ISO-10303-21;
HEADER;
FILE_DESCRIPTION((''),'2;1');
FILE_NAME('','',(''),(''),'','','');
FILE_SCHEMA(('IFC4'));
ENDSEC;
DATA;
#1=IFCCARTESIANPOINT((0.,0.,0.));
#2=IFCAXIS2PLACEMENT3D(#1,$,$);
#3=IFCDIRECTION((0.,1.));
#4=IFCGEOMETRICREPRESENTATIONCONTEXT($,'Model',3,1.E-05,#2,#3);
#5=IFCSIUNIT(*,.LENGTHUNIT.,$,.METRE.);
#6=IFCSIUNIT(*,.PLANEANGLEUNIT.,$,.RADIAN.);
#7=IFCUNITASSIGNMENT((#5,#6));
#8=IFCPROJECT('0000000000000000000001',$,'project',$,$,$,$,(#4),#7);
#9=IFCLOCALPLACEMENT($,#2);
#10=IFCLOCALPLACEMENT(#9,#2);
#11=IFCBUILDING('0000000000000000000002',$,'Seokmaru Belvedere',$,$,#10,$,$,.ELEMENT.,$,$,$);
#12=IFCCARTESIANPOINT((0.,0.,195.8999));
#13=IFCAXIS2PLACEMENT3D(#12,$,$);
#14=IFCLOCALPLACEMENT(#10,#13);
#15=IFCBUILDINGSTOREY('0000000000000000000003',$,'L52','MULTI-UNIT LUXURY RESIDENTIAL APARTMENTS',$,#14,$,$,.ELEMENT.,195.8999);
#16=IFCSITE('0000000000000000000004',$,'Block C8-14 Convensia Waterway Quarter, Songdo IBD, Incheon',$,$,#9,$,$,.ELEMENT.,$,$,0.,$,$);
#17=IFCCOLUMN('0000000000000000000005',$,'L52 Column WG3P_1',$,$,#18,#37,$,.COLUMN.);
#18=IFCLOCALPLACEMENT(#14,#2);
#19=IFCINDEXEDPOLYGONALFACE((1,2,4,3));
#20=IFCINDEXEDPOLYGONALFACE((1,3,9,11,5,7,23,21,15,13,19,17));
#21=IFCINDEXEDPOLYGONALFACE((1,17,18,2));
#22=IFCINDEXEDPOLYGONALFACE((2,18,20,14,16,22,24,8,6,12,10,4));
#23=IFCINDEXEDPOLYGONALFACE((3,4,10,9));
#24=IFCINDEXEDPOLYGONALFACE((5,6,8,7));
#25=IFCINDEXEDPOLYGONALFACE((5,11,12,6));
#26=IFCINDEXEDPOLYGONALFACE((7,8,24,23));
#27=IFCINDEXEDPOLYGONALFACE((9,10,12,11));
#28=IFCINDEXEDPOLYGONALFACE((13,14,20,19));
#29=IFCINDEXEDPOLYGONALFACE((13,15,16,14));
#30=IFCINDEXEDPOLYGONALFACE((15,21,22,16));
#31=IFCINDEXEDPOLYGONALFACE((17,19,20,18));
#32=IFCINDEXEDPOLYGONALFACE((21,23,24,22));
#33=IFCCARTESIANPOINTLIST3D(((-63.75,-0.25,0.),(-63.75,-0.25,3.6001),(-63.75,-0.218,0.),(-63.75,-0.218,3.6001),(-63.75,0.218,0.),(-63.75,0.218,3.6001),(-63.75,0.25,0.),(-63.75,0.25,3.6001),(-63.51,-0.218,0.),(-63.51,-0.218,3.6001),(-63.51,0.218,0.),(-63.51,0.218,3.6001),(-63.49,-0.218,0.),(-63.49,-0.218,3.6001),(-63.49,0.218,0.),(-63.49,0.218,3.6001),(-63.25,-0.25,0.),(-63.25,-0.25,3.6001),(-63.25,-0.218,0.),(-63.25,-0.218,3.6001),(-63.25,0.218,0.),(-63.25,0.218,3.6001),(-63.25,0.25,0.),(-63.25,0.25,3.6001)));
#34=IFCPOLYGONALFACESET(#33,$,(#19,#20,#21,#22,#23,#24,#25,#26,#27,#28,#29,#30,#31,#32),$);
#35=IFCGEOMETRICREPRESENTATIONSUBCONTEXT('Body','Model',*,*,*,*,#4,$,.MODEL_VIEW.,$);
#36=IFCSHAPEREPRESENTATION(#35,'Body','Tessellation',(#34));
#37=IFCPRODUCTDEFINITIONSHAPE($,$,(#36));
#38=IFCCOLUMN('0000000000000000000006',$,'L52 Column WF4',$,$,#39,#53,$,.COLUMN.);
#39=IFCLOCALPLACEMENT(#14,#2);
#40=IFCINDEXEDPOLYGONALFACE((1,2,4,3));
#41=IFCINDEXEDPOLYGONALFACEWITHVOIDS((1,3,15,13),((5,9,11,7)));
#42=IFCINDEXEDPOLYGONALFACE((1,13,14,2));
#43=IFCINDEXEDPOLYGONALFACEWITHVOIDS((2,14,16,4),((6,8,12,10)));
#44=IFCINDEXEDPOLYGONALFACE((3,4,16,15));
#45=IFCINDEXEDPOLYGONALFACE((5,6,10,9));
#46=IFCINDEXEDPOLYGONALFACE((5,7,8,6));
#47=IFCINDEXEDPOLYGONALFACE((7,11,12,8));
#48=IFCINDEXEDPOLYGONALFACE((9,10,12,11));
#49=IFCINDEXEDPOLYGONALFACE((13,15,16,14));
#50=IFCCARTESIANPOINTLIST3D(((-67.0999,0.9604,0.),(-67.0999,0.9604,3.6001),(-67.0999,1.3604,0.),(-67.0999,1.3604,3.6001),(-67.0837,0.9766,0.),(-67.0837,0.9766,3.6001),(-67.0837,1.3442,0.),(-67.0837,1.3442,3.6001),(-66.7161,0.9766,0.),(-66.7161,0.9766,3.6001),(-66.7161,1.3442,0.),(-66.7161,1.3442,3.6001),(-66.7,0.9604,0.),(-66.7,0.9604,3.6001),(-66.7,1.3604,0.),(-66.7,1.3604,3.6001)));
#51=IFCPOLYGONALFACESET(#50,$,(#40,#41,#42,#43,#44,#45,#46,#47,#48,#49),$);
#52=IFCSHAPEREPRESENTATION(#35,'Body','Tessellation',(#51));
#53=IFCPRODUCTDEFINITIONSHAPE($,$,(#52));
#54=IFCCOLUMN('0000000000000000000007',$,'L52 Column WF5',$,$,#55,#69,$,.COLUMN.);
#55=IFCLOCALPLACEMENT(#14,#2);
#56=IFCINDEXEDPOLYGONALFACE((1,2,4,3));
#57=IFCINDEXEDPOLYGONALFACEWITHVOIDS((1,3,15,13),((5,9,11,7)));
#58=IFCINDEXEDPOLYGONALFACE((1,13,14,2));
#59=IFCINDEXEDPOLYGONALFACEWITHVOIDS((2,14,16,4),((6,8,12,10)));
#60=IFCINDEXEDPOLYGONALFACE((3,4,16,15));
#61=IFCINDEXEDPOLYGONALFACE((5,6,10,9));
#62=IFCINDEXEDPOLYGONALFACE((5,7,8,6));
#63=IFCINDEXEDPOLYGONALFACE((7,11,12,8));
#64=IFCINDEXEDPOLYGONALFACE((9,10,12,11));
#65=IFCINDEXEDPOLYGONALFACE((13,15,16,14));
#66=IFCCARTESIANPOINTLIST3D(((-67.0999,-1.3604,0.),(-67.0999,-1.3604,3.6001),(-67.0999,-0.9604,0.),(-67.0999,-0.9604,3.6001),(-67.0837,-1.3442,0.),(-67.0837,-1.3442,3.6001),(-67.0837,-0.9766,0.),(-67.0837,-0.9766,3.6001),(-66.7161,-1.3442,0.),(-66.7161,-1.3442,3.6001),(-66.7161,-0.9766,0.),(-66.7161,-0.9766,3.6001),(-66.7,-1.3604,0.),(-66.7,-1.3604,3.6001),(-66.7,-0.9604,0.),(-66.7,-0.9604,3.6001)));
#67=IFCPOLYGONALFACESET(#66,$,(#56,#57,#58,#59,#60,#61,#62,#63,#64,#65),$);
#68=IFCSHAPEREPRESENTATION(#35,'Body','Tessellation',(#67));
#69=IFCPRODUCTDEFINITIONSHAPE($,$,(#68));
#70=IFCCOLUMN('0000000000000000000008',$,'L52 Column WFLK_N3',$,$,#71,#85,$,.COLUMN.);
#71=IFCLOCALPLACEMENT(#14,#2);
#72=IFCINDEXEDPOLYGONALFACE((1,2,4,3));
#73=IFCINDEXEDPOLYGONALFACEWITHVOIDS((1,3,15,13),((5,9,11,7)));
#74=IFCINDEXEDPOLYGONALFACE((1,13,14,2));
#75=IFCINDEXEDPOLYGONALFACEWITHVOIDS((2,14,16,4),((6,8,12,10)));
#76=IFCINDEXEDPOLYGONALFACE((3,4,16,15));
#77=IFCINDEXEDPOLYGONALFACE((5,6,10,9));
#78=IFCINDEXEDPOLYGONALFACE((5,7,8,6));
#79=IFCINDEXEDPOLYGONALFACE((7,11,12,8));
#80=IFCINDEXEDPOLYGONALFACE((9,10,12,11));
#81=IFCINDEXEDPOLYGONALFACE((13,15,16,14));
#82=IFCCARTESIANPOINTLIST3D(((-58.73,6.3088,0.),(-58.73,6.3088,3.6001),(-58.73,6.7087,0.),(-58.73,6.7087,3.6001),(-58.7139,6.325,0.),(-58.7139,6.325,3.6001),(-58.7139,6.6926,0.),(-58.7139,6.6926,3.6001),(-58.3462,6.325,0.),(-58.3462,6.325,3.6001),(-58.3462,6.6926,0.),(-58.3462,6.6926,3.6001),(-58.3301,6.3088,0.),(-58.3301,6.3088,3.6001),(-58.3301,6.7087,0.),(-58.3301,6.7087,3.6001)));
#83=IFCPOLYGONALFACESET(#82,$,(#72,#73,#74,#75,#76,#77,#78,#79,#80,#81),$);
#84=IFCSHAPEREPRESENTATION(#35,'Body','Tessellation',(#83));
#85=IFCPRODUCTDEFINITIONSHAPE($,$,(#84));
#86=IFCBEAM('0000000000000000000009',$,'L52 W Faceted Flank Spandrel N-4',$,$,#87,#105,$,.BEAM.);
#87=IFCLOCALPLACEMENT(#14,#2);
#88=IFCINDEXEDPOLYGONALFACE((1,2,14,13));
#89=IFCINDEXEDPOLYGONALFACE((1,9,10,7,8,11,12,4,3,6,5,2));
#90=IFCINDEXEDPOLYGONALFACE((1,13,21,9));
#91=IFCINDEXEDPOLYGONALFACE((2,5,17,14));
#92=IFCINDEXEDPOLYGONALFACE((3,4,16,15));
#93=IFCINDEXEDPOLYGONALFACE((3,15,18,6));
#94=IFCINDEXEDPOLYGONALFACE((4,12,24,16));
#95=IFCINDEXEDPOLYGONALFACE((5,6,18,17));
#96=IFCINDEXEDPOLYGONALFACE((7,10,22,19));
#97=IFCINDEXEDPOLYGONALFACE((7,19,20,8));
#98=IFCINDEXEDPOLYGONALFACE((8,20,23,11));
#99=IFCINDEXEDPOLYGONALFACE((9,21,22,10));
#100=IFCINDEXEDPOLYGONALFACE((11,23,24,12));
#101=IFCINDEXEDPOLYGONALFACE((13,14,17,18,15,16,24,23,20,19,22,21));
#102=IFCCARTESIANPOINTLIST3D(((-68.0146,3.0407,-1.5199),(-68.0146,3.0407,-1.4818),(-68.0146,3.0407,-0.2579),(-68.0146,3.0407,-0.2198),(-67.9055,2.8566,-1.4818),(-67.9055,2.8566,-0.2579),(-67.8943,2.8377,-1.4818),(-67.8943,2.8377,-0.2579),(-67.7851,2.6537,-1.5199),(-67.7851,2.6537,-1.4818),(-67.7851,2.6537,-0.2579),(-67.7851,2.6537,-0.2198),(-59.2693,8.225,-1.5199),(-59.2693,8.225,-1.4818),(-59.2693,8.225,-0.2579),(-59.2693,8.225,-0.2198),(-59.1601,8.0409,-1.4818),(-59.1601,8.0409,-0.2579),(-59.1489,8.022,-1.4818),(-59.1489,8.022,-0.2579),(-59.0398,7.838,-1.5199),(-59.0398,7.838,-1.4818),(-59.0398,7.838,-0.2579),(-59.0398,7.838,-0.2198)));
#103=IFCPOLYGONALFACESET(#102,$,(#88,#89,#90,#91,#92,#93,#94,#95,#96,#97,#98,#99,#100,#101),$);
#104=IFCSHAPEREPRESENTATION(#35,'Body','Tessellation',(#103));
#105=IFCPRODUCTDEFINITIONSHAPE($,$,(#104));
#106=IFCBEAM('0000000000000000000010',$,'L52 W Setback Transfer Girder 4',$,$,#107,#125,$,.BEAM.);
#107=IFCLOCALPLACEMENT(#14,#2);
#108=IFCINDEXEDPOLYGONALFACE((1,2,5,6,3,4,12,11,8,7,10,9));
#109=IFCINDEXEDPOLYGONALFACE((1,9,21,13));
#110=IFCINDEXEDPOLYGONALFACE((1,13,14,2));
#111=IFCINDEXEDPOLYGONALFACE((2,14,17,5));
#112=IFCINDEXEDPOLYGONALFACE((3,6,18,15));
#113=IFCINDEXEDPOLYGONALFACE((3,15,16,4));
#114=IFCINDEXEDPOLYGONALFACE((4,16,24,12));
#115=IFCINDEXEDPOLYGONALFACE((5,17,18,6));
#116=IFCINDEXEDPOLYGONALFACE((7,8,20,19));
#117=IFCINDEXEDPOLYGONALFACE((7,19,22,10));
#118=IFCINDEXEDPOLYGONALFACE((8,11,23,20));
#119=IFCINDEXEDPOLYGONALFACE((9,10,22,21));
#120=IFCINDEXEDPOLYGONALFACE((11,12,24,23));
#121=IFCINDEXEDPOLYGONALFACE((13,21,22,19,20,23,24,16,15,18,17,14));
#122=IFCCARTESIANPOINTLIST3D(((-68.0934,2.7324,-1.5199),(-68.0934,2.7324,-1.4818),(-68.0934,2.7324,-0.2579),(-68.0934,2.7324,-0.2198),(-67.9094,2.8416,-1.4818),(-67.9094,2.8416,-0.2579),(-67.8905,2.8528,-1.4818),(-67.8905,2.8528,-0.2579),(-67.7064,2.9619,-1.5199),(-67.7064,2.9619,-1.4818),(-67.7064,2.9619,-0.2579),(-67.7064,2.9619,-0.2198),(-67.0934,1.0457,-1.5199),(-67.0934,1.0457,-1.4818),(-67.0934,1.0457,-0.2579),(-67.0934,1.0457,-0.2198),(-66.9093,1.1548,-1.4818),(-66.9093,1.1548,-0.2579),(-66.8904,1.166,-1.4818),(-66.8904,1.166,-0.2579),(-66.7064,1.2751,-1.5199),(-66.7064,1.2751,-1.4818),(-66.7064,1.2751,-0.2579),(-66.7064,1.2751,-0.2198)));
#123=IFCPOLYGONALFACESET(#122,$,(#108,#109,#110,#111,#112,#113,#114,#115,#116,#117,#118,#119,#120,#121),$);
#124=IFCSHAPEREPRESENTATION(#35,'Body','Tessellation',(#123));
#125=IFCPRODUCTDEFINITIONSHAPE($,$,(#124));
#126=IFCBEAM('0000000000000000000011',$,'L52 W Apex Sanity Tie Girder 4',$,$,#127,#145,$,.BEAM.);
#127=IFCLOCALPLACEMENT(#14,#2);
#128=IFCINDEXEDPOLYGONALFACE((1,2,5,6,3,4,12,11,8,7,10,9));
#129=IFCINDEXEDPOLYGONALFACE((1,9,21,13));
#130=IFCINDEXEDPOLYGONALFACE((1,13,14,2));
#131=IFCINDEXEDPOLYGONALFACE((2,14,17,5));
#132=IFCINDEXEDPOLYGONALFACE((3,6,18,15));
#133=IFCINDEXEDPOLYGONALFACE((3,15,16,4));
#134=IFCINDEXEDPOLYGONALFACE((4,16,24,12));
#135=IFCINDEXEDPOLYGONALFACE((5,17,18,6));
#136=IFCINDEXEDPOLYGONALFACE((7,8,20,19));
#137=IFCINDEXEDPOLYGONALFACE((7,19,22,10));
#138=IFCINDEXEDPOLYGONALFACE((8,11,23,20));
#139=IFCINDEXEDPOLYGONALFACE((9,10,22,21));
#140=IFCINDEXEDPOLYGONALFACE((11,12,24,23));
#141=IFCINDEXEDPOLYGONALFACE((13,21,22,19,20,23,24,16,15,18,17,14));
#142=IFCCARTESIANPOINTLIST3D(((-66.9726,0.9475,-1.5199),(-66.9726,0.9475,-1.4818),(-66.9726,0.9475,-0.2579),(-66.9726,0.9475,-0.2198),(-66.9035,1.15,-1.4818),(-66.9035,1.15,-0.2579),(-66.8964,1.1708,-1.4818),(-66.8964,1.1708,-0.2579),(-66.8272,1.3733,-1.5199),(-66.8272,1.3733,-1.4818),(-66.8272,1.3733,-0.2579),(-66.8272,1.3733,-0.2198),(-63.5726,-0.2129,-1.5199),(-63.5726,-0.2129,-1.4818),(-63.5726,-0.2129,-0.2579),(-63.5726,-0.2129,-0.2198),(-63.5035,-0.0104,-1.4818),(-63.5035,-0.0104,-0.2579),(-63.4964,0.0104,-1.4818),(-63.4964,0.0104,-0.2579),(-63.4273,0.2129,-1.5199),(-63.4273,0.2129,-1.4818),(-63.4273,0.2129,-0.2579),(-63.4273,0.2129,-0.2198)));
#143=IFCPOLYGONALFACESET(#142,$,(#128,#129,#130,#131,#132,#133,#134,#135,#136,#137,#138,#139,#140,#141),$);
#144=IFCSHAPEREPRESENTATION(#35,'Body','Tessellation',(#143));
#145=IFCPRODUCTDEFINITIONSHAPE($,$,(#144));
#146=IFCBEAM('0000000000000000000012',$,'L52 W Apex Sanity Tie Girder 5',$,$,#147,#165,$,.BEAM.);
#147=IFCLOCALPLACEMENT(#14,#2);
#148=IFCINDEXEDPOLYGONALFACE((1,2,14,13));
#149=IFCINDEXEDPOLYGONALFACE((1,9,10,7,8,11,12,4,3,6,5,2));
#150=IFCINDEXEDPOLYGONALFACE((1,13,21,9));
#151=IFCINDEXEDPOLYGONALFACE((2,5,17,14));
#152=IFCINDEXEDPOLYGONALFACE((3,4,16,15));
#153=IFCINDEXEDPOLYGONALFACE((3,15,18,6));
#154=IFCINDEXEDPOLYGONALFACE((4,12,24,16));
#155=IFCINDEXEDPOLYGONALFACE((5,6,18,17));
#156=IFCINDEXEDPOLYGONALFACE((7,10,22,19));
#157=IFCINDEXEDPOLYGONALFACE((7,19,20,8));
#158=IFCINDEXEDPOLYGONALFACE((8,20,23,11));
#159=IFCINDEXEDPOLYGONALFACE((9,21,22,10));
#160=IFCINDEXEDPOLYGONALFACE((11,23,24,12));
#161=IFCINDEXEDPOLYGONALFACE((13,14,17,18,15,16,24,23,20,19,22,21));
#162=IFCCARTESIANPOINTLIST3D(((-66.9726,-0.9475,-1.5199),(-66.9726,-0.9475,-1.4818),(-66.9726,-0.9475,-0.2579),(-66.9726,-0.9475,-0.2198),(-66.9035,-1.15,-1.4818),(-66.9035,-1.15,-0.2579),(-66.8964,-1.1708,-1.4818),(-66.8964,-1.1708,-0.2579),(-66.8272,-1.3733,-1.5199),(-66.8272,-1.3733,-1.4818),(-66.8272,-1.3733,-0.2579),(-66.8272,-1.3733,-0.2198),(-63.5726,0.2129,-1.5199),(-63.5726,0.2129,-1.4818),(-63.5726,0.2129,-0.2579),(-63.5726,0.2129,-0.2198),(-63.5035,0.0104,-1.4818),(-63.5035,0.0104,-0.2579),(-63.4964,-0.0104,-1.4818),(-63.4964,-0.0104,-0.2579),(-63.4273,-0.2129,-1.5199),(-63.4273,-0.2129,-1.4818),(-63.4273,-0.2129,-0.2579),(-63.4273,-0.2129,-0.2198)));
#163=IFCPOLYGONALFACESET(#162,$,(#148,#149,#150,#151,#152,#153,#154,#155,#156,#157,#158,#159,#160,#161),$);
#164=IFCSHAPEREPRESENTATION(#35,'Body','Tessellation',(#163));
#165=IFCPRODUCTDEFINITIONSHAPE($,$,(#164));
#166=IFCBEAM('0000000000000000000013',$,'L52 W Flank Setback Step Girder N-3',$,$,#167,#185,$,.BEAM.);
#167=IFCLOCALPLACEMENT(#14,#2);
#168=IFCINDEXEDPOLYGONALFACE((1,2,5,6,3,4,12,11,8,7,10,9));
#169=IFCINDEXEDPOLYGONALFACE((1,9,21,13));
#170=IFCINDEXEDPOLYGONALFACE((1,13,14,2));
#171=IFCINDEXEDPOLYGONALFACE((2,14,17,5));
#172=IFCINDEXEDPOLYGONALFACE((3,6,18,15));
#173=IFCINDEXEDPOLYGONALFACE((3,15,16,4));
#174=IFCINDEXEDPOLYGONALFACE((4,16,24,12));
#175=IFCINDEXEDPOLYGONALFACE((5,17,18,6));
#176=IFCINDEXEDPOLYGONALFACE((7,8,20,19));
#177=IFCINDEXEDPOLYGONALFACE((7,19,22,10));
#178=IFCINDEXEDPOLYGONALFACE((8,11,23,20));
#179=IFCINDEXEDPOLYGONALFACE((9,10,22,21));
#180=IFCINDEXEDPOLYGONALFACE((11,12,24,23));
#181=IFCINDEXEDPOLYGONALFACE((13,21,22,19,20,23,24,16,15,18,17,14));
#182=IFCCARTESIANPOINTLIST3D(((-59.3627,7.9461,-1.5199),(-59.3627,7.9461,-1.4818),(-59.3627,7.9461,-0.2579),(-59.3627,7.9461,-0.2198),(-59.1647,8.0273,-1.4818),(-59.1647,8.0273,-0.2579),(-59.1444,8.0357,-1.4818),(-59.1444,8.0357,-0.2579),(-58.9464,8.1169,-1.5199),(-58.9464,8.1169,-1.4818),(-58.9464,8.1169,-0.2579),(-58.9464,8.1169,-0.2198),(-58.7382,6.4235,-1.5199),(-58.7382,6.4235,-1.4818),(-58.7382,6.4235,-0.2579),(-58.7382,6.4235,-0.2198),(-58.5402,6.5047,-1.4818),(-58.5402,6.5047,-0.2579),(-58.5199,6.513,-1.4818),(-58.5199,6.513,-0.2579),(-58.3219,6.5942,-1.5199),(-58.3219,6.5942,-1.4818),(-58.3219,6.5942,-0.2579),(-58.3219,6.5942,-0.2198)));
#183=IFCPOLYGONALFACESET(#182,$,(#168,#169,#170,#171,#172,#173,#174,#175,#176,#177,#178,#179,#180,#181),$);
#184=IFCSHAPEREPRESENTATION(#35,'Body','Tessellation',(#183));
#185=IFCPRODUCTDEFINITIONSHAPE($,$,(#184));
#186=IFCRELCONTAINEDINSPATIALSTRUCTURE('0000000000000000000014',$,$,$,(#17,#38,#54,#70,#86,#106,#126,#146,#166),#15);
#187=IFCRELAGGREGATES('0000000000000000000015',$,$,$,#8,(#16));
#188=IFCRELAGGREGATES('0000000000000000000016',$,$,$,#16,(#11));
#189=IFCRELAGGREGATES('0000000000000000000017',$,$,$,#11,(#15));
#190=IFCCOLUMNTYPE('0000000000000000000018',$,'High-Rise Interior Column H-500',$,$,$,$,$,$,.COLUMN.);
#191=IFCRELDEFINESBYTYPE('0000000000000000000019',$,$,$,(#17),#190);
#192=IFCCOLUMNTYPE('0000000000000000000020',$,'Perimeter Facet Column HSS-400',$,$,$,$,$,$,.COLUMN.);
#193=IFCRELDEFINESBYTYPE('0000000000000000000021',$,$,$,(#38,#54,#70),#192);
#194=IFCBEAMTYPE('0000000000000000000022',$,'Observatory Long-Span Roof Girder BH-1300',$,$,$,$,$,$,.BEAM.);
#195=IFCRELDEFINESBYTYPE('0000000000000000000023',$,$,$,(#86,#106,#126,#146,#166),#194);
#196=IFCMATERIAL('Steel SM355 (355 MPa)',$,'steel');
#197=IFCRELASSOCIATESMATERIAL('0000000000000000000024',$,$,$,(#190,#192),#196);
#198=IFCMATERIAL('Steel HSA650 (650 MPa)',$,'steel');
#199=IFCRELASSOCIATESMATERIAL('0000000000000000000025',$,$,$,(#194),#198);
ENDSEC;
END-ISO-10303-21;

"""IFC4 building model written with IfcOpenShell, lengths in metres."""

from ifc_helpers import new_model, si_unit, direction, frame, origin, origin_2d, place, context, subcontext, project, spatial, hollow_rectangle, i_section, extrude, source, transform, mapped, material, material_profile, profile_set, type_object, type_shapes, element, save


model = new_model("IFC4")

# Units and contexts
model_context = context("Model", 3, precision=1e-05, world=origin(), true_north=direction((0.0, 1.0)))
body_context = subcontext(model_context, "Body", "Model", "MODEL_VIEW")
ifc_project = project(units=[si_unit("LENGTHUNIT", "METRE"), si_unit("PLANEANGLEUNIT", "RADIAN")], contexts=[model_context])

# Site, building, storey
site_placement = place(None, origin())
site = spatial("IfcSite", under=ifc_project, at=site_placement, Name="Block C8-14 Convensia Waterway Quarter, Songdo IBD, Incheon", CompositionType="ELEMENT", RefElevation=0.0)
building_placement = place(site_placement, origin())
building = spatial("IfcBuilding", under=site, at=building_placement, Name="Seokmaru Belvedere", CompositionType="ELEMENT")
storey_placement = place(building_placement, frame((0.0, 0.0, 195.8999)))
storey = spatial("IfcBuildingStorey", under=building, at=storey_placement, Name="L52", Description="MULTI-UNIT LUXURY RESIDENTIAL APARTMENTS", CompositionType="ELEMENT", Elevation=195.8999)

# Columns
ifc_material_1 = material(Name="Steel SM355 (355 MPa)", Category="steel")
ifc_material_profile_1 = material_profile(ifc_material_1, i_section(OverallWidth=0.5, OverallDepth=0.5, WebThickness=0.02, FlangeThickness=0.032, at=origin_2d()), Name="H-500x500x20x32")
ifc_profile_set_1 = profile_set([ifc_material_profile_1], Name="Steel SM355 (355 MPa)")
column_type_1 = type_object("IfcColumnType", Name="High-Rise Interior Column H-500", PredefinedType="COLUMN", material=ifc_profile_set_1)
shared_shape_1 = source(origin(), body_context, "Body", "SweptSolid", [
    extrude(i_section(OverallWidth=0.5, OverallDepth=0.5, WebThickness=0.02, FlangeThickness=0.032, at=origin_2d()), origin(), (0.0, 0.0, 1.0), 3.6001),
])
type_shapes(column_type_1, [shared_shape_1])
column_placement = place(storey_placement, frame((-63.5, 0.0, 0.0), z_axis=(0.0, 0.0, 1.0), x_axis=(1.0, 0.0, 0.0)))
element("IfcColumn", 1, at=column_placement, inside=storey, type_object=column_type_1, Name="L52 Column WG3P_1", PredefinedType="COLUMN", context=body_context, shape_type="MappedRepresentation", body=[
    mapped(shared_shape_1, transform((0.0, 0.0, 0.0), scale=1.0)),
])
ifc_material_profile_2 = material_profile(ifc_material_1, hollow_rectangle(XDim=0.3999, YDim=0.3999, WallThickness=0.0161, at=origin_2d()), Name="HSS-400x400x16")
ifc_profile_set_2 = profile_set([ifc_material_profile_2], Name="Steel SM355 (355 MPa)")
column_type_2 = type_object("IfcColumnType", Name="Perimeter Facet Column HSS-400", PredefinedType="COLUMN", material=ifc_profile_set_2)
shared_shape_2 = source(origin(), body_context, "Body", "SweptSolid", [
    extrude(hollow_rectangle(XDim=0.3999, YDim=0.3999, WallThickness=0.0161, at=origin_2d()), origin(), (0.0, 0.0, 1.0), 3.6001),
])
type_shapes(column_type_2, [shared_shape_2])
for number, where, z_axis, x_axis, name in (
    (2, (-66.8999, 1.1604, 0.0), (0.0, 0.0, 1.0), (1.0, 0.0, 0.0), "L52 Column WF4"),
    (3, (-66.8999, -1.1604, 0.0), (0.0, 0.0, 1.0), (1.0, 0.0, 0.0), "L52 Column WF5"),
    (4, (-58.53, 6.5088, 0.0), (0.0, 0.0, 1.0), (1.0, 0.0, 0.0), "L52 Column WFLK_N3"),
):
    element("IfcColumn", number, at=place(storey_placement, frame(where, z_axis=z_axis, x_axis=x_axis)), inside=storey, type_object=column_type_2, Name=name, PredefinedType="COLUMN", context=body_context, shape_type="MappedRepresentation", body=[
        mapped(shared_shape_2, transform((0.0, 0.0, 0.0), scale=1.0)),
    ])

# Beams
ifc_material_2 = material(Name="Steel HSA650 (650 MPa)", Category="steel")
ifc_material_profile_3 = material_profile(ifc_material_2, i_section(OverallWidth=0.45, OverallDepth=1.3, WebThickness=0.022, FlangeThickness=0.0381, at=origin_2d()), Name="BH-1300x450x22x38")
ifc_profile_set_3 = profile_set([ifc_material_profile_3], Name="Steel HSA650 (650 MPa)")
beam_type = type_object("IfcBeamType", Name="Observatory Long-Span Roof Girder BH-1300", PredefinedType="BEAM", material=ifc_profile_set_3)
shared_shape_3 = source(origin(), body_context, "Body", "SweptSolid", [
    extrude(i_section(OverallWidth=0.45, OverallDepth=1.3, WebThickness=0.022, FlangeThickness=0.0381, at=origin_2d()), origin(), (0.0, 0.0, 1.0), 10.1665),
])
beam_1_placement = place(storey_placement, frame((-59.1545, 8.0315, -0.8699), z_axis=(-0.86021, -0.50994, 0.0), x_axis=(0.50994, -0.86021, 0.0)))
element("IfcBeam", 5, at=beam_1_placement, inside=storey, type_object=beam_type, Name="L52 W Faceted Flank Spandrel N-4", PredefinedType="BEAM", context=body_context, shape_type="MappedRepresentation", body=[
    mapped(shared_shape_3, transform((0.0, 0.0, 0.0), scale=1.0)),
])
shared_shape_4 = source(origin(), body_context, "Body", "SweptSolid", [
    extrude(i_section(OverallWidth=0.45, OverallDepth=1.3, WebThickness=0.022, FlangeThickness=0.0381, at=origin_2d()), origin(), (0.0, 0.0, 1.0), 1.9609),
])
beam_2_placement = place(storey_placement, frame((-67.8999, 2.8472, -0.8699), z_axis=(0.509966, -0.860194, 0.0), x_axis=(0.860194, 0.509966, 0.0)))
element("IfcBeam", 6, at=beam_2_placement, inside=storey, type_object=beam_type, Name="L52 W Setback Transfer Girder 4", PredefinedType="BEAM", context=body_context, shape_type="MappedRepresentation", body=[
    mapped(shared_shape_4, transform((0.0, 0.0, 0.0), scale=1.0)),
])
shared_shape_5 = source(origin(), body_context, "Body", "SweptSolid", [
    extrude(i_section(OverallWidth=0.45, OverallDepth=1.3, WebThickness=0.022, FlangeThickness=0.0381, at=origin_2d()), origin(), (0.0, 0.0, 1.0), 3.5925),
])
for number, where, z_axis, x_axis, name in (
    (7, (-66.8999, 1.1604, -0.8699), (0.946396, -0.323009, 0.0), (0.323009, 0.946396, 0.0), "L52 W Apex Sanity Tie Girder 4"),
    (8, (-66.8999, -1.1604, -0.8699), (0.946396, 0.323009, 0.0), (-0.323009, 0.946396, 0.0), "L52 W Apex Sanity Tie Girder 5"),
):
    element("IfcBeam", number, at=place(storey_placement, frame(where, z_axis=z_axis, x_axis=x_axis)), inside=storey, type_object=beam_type, Name=name, PredefinedType="BEAM", context=body_context, shape_type="MappedRepresentation", body=[
        mapped(shared_shape_5, transform((0.0, 0.0, 0.0), scale=1.0)),
    ])
shared_shape_6 = source(origin(), body_context, "Body", "SweptSolid", [
    extrude(i_section(OverallWidth=0.45, OverallDepth=1.3, WebThickness=0.022, FlangeThickness=0.0381, at=origin_2d()), origin(), (0.0, 0.0, 1.0), 1.6458),
])
beam_3_placement = place(storey_placement, frame((-59.1545, 8.0315, -0.8699), z_axis=(0.379459, -0.925209, 0.0), x_axis=(0.925209, 0.379459, 0.0)))
element("IfcBeam", 9, at=beam_3_placement, inside=storey, type_object=beam_type, Name="L52 W Flank Setback Step Girder N-3", PredefinedType="BEAM", context=body_context, shape_type="MappedRepresentation", body=[
    mapped(shared_shape_6, transform((0.0, 0.0, 0.0), scale=1.0)),
])

save(model, "model.ifc")
